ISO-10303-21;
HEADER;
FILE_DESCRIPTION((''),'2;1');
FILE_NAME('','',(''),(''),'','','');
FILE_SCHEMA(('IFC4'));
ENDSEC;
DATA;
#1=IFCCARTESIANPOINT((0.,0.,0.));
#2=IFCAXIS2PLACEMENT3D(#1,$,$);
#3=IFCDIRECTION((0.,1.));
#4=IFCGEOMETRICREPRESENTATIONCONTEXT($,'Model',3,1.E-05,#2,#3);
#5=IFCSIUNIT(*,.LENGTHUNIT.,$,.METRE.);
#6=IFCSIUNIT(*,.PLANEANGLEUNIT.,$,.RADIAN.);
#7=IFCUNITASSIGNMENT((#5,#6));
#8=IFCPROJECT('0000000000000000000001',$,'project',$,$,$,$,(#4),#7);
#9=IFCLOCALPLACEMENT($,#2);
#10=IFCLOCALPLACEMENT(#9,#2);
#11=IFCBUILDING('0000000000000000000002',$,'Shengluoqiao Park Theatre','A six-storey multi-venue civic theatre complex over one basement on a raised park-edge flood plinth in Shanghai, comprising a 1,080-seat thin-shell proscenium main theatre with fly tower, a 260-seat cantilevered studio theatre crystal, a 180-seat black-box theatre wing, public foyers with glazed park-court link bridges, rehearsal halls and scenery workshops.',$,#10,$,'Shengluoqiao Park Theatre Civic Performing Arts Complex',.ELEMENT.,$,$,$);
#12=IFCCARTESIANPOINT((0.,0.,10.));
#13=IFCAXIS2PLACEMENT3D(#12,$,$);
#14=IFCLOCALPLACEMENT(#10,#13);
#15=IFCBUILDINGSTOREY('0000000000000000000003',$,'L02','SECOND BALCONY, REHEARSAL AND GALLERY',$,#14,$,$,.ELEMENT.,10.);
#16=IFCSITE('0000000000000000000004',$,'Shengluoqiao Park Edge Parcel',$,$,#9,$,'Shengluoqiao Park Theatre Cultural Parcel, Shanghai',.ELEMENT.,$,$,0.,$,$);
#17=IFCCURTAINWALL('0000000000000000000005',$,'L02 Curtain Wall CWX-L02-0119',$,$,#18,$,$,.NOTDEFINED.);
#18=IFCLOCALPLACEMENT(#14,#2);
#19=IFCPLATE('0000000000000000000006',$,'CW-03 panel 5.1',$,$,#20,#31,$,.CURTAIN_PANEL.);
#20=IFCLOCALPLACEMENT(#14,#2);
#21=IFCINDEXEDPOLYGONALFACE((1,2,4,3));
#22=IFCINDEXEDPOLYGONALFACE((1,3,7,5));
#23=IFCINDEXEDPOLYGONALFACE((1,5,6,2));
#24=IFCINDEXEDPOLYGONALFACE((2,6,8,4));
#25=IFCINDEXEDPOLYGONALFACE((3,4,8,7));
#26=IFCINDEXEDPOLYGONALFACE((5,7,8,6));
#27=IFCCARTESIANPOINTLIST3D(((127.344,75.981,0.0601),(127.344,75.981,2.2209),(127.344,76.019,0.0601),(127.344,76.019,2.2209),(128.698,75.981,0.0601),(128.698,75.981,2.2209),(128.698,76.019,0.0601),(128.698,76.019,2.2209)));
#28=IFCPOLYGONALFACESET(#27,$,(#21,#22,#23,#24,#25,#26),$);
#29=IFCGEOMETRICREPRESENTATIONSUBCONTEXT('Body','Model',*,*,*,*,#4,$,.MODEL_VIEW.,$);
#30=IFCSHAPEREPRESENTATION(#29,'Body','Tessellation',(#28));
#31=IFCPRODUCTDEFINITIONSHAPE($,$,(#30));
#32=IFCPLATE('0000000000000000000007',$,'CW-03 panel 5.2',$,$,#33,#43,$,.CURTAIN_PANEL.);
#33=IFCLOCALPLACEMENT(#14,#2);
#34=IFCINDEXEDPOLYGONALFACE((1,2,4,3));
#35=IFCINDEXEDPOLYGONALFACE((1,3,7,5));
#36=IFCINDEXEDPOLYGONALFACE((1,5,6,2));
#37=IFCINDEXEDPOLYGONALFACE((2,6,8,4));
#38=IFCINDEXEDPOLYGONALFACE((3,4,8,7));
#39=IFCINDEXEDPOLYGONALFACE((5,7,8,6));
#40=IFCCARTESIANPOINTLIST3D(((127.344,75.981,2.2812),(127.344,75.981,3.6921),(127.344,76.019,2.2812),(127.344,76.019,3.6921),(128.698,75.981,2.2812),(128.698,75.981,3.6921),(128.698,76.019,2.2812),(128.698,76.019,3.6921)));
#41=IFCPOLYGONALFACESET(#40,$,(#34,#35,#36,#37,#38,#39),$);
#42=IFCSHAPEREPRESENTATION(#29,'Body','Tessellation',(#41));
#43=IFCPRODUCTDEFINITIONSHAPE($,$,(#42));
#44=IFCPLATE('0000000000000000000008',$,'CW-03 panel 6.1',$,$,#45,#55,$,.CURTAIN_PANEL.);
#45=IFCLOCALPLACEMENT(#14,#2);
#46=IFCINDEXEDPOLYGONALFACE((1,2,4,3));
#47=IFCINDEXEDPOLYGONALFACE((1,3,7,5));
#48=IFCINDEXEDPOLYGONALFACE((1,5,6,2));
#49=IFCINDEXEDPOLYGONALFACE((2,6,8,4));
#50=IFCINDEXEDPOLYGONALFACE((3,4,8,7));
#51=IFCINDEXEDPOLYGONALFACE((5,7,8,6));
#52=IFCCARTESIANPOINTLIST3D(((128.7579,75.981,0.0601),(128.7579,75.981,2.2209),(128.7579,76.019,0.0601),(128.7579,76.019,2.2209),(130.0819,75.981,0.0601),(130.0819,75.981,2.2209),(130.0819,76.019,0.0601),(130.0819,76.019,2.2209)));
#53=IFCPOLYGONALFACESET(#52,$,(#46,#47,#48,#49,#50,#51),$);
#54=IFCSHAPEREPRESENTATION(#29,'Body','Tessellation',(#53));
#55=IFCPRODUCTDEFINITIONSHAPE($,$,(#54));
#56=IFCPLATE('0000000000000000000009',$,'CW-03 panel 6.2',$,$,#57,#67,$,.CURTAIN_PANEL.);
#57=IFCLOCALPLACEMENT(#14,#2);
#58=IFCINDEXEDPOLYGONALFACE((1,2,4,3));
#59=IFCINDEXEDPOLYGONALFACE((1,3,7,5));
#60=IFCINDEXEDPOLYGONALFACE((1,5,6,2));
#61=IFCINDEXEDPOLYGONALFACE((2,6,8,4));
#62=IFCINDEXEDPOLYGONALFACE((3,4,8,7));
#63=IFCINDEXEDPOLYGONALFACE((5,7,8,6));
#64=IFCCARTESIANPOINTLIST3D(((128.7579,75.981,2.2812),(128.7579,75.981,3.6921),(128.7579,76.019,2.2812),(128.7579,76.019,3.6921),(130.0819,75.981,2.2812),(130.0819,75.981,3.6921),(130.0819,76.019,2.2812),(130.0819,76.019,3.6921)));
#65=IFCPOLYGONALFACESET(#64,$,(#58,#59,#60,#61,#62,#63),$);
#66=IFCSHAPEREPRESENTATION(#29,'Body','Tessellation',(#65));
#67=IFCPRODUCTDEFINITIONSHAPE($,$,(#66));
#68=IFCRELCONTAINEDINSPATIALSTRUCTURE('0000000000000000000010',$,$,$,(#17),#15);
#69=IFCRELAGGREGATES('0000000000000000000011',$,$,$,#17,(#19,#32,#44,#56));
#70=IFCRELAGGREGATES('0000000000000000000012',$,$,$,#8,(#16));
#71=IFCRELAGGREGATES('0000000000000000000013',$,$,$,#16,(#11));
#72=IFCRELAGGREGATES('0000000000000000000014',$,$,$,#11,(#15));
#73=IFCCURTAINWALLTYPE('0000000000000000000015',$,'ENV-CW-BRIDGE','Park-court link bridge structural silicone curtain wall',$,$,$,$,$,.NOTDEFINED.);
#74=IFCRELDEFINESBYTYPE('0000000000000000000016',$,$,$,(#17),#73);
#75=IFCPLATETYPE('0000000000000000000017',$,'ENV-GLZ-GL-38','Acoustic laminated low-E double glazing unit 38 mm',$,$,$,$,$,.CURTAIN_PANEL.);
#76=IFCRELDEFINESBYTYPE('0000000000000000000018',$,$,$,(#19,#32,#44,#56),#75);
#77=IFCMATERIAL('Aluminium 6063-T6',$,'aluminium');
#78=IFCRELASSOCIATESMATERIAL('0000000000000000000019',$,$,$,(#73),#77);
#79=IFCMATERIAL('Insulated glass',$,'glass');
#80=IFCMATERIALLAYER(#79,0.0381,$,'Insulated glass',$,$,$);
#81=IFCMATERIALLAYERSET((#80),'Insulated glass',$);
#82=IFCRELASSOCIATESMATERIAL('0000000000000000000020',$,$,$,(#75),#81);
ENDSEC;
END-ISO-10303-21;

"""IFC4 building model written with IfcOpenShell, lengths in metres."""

from ifc_helpers import new_model, si_unit, direction, frame, origin, origin_2d, place, context, subcontext, project, spatial, rectangle, extrude, material, layer, layer_set, type_object, element, aggregate, save


model = new_model("IFC4")

# Units and contexts
model_context = context("Model", 3, precision=1e-05, world=origin(), true_north=direction((0.0, 1.0)))
body_context = subcontext(model_context, "Body", "Model", "MODEL_VIEW")
ifc_project = project(units=[si_unit("LENGTHUNIT", "METRE"), si_unit("PLANEANGLEUNIT", "RADIAN")], contexts=[model_context])

# Site, building, storey
site_placement = place(None, origin())
site = spatial("IfcSite", under=ifc_project, at=site_placement, Name="Shengluoqiao Park Edge Parcel", LongName="Shengluoqiao Park Theatre Cultural Parcel, Shanghai", CompositionType="ELEMENT", RefElevation=0.0)
building_placement = place(site_placement, origin())
building = spatial("IfcBuilding", under=site, at=building_placement, Name="Shengluoqiao Park Theatre", Description="A six-storey multi-venue civic theatre complex over one basement on a raised park-edge flood plinth in Shanghai, comprising a 1,080-seat thin-shell proscenium main theatre with fly tower, a 260-seat cantilevered studio theatre crystal, a 180-seat black-box theatre wing, public foyers with glazed park-court link bridges, rehearsal halls and scenery workshops.", LongName="Shengluoqiao Park Theatre Civic Performing Arts Complex", CompositionType="ELEMENT")
storey_placement = place(building_placement, frame((0.0, 0.0, 10.0)))
storey = spatial("IfcBuildingStorey", under=building, at=storey_placement, Name="L02", Description="SECOND BALCONY, REHEARSAL AND GALLERY", CompositionType="ELEMENT", Elevation=10.0)

# Curtain wall, plates
ifc_material_1 = material(Name="Aluminium 6063-T6", Category="aluminium")
curtain_wall_type = type_object("IfcCurtainWallType", Name="ENV-CW-BRIDGE", Description="Park-court link bridge structural silicone curtain wall", PredefinedType="NOTDEFINED", material=ifc_material_1)
curtain_wall_placement = place(storey_placement, origin())
curtain_wall = element("IfcCurtainWall", 1, at=curtain_wall_placement, inside=storey, type_object=curtain_wall_type, Name="L02 Curtain Wall CWX-L02-0119", PredefinedType="NOTDEFINED")
ifc_material_2 = material(Name="Insulated glass", Category="glass")
ifc_layer = layer(ifc_material_2, 0.0381, Name="Insulated glass")
ifc_layer_set = layer_set([ifc_layer], Name="Insulated glass")
plate_type = type_object("IfcPlateType", Name="ENV-GLZ-GL-38", Description="Acoustic laminated low-E double glazing unit 38 mm", PredefinedType="CURTAIN_PANEL", material=ifc_layer_set)
plate_1_placement = place(storey_placement, frame((128.021, 76.0, 0.0601), z_axis=(0.0, 0.0, 1.0), x_axis=(1.0, 0.0, 0.0)))
plate_1 = element("IfcPlate", 2, at=plate_1_placement, type_object=plate_type, Name="CW-03 panel 5.1", PredefinedType="CURTAIN_PANEL", context=body_context, shape_type="SweptSolid", body=[
    extrude(rectangle(XDim=1.354, YDim=0.0381, at=origin_2d()), origin(), (0.0, 0.0, 1.0), 2.1609),
])
plate_2_placement = place(storey_placement, frame((128.021, 76.0, 2.2812), z_axis=(0.0, 0.0, 1.0), x_axis=(1.0, 0.0, 0.0)))
plate_2 = element("IfcPlate", 3, at=plate_2_placement, type_object=plate_type, Name="CW-03 panel 5.2", PredefinedType="CURTAIN_PANEL", context=body_context, shape_type="SweptSolid", body=[
    extrude(rectangle(XDim=1.354, YDim=0.0381, at=origin_2d()), origin(), (0.0, 0.0, 1.0), 1.4109),
])
plate_3_placement = place(storey_placement, frame((129.4199, 76.0, 0.0601), z_axis=(0.0, 0.0, 1.0), x_axis=(1.0, 0.0, 0.0)))
plate_3 = element("IfcPlate", 4, at=plate_3_placement, type_object=plate_type, Name="CW-03 panel 6.1", PredefinedType="CURTAIN_PANEL", context=body_context, shape_type="SweptSolid", body=[
    extrude(rectangle(XDim=1.324, YDim=0.0381, at=origin_2d()), origin(), (0.0, 0.0, 1.0), 2.1609),
])
plate_4_placement = place(storey_placement, frame((129.4199, 76.0, 2.2812), z_axis=(0.0, 0.0, 1.0), x_axis=(1.0, 0.0, 0.0)))
plate_4 = element("IfcPlate", 5, at=plate_4_placement, type_object=plate_type, Name="CW-03 panel 6.2", PredefinedType="CURTAIN_PANEL", context=body_context, shape_type="SweptSolid", body=[
    extrude(rectangle(XDim=1.324, YDim=0.0381, at=origin_2d()), origin(), (0.0, 0.0, 1.0), 1.4109),
])
aggregate(curtain_wall, [plate_1, plate_2, plate_3, plate_4])

save(model, "model.ifc")
